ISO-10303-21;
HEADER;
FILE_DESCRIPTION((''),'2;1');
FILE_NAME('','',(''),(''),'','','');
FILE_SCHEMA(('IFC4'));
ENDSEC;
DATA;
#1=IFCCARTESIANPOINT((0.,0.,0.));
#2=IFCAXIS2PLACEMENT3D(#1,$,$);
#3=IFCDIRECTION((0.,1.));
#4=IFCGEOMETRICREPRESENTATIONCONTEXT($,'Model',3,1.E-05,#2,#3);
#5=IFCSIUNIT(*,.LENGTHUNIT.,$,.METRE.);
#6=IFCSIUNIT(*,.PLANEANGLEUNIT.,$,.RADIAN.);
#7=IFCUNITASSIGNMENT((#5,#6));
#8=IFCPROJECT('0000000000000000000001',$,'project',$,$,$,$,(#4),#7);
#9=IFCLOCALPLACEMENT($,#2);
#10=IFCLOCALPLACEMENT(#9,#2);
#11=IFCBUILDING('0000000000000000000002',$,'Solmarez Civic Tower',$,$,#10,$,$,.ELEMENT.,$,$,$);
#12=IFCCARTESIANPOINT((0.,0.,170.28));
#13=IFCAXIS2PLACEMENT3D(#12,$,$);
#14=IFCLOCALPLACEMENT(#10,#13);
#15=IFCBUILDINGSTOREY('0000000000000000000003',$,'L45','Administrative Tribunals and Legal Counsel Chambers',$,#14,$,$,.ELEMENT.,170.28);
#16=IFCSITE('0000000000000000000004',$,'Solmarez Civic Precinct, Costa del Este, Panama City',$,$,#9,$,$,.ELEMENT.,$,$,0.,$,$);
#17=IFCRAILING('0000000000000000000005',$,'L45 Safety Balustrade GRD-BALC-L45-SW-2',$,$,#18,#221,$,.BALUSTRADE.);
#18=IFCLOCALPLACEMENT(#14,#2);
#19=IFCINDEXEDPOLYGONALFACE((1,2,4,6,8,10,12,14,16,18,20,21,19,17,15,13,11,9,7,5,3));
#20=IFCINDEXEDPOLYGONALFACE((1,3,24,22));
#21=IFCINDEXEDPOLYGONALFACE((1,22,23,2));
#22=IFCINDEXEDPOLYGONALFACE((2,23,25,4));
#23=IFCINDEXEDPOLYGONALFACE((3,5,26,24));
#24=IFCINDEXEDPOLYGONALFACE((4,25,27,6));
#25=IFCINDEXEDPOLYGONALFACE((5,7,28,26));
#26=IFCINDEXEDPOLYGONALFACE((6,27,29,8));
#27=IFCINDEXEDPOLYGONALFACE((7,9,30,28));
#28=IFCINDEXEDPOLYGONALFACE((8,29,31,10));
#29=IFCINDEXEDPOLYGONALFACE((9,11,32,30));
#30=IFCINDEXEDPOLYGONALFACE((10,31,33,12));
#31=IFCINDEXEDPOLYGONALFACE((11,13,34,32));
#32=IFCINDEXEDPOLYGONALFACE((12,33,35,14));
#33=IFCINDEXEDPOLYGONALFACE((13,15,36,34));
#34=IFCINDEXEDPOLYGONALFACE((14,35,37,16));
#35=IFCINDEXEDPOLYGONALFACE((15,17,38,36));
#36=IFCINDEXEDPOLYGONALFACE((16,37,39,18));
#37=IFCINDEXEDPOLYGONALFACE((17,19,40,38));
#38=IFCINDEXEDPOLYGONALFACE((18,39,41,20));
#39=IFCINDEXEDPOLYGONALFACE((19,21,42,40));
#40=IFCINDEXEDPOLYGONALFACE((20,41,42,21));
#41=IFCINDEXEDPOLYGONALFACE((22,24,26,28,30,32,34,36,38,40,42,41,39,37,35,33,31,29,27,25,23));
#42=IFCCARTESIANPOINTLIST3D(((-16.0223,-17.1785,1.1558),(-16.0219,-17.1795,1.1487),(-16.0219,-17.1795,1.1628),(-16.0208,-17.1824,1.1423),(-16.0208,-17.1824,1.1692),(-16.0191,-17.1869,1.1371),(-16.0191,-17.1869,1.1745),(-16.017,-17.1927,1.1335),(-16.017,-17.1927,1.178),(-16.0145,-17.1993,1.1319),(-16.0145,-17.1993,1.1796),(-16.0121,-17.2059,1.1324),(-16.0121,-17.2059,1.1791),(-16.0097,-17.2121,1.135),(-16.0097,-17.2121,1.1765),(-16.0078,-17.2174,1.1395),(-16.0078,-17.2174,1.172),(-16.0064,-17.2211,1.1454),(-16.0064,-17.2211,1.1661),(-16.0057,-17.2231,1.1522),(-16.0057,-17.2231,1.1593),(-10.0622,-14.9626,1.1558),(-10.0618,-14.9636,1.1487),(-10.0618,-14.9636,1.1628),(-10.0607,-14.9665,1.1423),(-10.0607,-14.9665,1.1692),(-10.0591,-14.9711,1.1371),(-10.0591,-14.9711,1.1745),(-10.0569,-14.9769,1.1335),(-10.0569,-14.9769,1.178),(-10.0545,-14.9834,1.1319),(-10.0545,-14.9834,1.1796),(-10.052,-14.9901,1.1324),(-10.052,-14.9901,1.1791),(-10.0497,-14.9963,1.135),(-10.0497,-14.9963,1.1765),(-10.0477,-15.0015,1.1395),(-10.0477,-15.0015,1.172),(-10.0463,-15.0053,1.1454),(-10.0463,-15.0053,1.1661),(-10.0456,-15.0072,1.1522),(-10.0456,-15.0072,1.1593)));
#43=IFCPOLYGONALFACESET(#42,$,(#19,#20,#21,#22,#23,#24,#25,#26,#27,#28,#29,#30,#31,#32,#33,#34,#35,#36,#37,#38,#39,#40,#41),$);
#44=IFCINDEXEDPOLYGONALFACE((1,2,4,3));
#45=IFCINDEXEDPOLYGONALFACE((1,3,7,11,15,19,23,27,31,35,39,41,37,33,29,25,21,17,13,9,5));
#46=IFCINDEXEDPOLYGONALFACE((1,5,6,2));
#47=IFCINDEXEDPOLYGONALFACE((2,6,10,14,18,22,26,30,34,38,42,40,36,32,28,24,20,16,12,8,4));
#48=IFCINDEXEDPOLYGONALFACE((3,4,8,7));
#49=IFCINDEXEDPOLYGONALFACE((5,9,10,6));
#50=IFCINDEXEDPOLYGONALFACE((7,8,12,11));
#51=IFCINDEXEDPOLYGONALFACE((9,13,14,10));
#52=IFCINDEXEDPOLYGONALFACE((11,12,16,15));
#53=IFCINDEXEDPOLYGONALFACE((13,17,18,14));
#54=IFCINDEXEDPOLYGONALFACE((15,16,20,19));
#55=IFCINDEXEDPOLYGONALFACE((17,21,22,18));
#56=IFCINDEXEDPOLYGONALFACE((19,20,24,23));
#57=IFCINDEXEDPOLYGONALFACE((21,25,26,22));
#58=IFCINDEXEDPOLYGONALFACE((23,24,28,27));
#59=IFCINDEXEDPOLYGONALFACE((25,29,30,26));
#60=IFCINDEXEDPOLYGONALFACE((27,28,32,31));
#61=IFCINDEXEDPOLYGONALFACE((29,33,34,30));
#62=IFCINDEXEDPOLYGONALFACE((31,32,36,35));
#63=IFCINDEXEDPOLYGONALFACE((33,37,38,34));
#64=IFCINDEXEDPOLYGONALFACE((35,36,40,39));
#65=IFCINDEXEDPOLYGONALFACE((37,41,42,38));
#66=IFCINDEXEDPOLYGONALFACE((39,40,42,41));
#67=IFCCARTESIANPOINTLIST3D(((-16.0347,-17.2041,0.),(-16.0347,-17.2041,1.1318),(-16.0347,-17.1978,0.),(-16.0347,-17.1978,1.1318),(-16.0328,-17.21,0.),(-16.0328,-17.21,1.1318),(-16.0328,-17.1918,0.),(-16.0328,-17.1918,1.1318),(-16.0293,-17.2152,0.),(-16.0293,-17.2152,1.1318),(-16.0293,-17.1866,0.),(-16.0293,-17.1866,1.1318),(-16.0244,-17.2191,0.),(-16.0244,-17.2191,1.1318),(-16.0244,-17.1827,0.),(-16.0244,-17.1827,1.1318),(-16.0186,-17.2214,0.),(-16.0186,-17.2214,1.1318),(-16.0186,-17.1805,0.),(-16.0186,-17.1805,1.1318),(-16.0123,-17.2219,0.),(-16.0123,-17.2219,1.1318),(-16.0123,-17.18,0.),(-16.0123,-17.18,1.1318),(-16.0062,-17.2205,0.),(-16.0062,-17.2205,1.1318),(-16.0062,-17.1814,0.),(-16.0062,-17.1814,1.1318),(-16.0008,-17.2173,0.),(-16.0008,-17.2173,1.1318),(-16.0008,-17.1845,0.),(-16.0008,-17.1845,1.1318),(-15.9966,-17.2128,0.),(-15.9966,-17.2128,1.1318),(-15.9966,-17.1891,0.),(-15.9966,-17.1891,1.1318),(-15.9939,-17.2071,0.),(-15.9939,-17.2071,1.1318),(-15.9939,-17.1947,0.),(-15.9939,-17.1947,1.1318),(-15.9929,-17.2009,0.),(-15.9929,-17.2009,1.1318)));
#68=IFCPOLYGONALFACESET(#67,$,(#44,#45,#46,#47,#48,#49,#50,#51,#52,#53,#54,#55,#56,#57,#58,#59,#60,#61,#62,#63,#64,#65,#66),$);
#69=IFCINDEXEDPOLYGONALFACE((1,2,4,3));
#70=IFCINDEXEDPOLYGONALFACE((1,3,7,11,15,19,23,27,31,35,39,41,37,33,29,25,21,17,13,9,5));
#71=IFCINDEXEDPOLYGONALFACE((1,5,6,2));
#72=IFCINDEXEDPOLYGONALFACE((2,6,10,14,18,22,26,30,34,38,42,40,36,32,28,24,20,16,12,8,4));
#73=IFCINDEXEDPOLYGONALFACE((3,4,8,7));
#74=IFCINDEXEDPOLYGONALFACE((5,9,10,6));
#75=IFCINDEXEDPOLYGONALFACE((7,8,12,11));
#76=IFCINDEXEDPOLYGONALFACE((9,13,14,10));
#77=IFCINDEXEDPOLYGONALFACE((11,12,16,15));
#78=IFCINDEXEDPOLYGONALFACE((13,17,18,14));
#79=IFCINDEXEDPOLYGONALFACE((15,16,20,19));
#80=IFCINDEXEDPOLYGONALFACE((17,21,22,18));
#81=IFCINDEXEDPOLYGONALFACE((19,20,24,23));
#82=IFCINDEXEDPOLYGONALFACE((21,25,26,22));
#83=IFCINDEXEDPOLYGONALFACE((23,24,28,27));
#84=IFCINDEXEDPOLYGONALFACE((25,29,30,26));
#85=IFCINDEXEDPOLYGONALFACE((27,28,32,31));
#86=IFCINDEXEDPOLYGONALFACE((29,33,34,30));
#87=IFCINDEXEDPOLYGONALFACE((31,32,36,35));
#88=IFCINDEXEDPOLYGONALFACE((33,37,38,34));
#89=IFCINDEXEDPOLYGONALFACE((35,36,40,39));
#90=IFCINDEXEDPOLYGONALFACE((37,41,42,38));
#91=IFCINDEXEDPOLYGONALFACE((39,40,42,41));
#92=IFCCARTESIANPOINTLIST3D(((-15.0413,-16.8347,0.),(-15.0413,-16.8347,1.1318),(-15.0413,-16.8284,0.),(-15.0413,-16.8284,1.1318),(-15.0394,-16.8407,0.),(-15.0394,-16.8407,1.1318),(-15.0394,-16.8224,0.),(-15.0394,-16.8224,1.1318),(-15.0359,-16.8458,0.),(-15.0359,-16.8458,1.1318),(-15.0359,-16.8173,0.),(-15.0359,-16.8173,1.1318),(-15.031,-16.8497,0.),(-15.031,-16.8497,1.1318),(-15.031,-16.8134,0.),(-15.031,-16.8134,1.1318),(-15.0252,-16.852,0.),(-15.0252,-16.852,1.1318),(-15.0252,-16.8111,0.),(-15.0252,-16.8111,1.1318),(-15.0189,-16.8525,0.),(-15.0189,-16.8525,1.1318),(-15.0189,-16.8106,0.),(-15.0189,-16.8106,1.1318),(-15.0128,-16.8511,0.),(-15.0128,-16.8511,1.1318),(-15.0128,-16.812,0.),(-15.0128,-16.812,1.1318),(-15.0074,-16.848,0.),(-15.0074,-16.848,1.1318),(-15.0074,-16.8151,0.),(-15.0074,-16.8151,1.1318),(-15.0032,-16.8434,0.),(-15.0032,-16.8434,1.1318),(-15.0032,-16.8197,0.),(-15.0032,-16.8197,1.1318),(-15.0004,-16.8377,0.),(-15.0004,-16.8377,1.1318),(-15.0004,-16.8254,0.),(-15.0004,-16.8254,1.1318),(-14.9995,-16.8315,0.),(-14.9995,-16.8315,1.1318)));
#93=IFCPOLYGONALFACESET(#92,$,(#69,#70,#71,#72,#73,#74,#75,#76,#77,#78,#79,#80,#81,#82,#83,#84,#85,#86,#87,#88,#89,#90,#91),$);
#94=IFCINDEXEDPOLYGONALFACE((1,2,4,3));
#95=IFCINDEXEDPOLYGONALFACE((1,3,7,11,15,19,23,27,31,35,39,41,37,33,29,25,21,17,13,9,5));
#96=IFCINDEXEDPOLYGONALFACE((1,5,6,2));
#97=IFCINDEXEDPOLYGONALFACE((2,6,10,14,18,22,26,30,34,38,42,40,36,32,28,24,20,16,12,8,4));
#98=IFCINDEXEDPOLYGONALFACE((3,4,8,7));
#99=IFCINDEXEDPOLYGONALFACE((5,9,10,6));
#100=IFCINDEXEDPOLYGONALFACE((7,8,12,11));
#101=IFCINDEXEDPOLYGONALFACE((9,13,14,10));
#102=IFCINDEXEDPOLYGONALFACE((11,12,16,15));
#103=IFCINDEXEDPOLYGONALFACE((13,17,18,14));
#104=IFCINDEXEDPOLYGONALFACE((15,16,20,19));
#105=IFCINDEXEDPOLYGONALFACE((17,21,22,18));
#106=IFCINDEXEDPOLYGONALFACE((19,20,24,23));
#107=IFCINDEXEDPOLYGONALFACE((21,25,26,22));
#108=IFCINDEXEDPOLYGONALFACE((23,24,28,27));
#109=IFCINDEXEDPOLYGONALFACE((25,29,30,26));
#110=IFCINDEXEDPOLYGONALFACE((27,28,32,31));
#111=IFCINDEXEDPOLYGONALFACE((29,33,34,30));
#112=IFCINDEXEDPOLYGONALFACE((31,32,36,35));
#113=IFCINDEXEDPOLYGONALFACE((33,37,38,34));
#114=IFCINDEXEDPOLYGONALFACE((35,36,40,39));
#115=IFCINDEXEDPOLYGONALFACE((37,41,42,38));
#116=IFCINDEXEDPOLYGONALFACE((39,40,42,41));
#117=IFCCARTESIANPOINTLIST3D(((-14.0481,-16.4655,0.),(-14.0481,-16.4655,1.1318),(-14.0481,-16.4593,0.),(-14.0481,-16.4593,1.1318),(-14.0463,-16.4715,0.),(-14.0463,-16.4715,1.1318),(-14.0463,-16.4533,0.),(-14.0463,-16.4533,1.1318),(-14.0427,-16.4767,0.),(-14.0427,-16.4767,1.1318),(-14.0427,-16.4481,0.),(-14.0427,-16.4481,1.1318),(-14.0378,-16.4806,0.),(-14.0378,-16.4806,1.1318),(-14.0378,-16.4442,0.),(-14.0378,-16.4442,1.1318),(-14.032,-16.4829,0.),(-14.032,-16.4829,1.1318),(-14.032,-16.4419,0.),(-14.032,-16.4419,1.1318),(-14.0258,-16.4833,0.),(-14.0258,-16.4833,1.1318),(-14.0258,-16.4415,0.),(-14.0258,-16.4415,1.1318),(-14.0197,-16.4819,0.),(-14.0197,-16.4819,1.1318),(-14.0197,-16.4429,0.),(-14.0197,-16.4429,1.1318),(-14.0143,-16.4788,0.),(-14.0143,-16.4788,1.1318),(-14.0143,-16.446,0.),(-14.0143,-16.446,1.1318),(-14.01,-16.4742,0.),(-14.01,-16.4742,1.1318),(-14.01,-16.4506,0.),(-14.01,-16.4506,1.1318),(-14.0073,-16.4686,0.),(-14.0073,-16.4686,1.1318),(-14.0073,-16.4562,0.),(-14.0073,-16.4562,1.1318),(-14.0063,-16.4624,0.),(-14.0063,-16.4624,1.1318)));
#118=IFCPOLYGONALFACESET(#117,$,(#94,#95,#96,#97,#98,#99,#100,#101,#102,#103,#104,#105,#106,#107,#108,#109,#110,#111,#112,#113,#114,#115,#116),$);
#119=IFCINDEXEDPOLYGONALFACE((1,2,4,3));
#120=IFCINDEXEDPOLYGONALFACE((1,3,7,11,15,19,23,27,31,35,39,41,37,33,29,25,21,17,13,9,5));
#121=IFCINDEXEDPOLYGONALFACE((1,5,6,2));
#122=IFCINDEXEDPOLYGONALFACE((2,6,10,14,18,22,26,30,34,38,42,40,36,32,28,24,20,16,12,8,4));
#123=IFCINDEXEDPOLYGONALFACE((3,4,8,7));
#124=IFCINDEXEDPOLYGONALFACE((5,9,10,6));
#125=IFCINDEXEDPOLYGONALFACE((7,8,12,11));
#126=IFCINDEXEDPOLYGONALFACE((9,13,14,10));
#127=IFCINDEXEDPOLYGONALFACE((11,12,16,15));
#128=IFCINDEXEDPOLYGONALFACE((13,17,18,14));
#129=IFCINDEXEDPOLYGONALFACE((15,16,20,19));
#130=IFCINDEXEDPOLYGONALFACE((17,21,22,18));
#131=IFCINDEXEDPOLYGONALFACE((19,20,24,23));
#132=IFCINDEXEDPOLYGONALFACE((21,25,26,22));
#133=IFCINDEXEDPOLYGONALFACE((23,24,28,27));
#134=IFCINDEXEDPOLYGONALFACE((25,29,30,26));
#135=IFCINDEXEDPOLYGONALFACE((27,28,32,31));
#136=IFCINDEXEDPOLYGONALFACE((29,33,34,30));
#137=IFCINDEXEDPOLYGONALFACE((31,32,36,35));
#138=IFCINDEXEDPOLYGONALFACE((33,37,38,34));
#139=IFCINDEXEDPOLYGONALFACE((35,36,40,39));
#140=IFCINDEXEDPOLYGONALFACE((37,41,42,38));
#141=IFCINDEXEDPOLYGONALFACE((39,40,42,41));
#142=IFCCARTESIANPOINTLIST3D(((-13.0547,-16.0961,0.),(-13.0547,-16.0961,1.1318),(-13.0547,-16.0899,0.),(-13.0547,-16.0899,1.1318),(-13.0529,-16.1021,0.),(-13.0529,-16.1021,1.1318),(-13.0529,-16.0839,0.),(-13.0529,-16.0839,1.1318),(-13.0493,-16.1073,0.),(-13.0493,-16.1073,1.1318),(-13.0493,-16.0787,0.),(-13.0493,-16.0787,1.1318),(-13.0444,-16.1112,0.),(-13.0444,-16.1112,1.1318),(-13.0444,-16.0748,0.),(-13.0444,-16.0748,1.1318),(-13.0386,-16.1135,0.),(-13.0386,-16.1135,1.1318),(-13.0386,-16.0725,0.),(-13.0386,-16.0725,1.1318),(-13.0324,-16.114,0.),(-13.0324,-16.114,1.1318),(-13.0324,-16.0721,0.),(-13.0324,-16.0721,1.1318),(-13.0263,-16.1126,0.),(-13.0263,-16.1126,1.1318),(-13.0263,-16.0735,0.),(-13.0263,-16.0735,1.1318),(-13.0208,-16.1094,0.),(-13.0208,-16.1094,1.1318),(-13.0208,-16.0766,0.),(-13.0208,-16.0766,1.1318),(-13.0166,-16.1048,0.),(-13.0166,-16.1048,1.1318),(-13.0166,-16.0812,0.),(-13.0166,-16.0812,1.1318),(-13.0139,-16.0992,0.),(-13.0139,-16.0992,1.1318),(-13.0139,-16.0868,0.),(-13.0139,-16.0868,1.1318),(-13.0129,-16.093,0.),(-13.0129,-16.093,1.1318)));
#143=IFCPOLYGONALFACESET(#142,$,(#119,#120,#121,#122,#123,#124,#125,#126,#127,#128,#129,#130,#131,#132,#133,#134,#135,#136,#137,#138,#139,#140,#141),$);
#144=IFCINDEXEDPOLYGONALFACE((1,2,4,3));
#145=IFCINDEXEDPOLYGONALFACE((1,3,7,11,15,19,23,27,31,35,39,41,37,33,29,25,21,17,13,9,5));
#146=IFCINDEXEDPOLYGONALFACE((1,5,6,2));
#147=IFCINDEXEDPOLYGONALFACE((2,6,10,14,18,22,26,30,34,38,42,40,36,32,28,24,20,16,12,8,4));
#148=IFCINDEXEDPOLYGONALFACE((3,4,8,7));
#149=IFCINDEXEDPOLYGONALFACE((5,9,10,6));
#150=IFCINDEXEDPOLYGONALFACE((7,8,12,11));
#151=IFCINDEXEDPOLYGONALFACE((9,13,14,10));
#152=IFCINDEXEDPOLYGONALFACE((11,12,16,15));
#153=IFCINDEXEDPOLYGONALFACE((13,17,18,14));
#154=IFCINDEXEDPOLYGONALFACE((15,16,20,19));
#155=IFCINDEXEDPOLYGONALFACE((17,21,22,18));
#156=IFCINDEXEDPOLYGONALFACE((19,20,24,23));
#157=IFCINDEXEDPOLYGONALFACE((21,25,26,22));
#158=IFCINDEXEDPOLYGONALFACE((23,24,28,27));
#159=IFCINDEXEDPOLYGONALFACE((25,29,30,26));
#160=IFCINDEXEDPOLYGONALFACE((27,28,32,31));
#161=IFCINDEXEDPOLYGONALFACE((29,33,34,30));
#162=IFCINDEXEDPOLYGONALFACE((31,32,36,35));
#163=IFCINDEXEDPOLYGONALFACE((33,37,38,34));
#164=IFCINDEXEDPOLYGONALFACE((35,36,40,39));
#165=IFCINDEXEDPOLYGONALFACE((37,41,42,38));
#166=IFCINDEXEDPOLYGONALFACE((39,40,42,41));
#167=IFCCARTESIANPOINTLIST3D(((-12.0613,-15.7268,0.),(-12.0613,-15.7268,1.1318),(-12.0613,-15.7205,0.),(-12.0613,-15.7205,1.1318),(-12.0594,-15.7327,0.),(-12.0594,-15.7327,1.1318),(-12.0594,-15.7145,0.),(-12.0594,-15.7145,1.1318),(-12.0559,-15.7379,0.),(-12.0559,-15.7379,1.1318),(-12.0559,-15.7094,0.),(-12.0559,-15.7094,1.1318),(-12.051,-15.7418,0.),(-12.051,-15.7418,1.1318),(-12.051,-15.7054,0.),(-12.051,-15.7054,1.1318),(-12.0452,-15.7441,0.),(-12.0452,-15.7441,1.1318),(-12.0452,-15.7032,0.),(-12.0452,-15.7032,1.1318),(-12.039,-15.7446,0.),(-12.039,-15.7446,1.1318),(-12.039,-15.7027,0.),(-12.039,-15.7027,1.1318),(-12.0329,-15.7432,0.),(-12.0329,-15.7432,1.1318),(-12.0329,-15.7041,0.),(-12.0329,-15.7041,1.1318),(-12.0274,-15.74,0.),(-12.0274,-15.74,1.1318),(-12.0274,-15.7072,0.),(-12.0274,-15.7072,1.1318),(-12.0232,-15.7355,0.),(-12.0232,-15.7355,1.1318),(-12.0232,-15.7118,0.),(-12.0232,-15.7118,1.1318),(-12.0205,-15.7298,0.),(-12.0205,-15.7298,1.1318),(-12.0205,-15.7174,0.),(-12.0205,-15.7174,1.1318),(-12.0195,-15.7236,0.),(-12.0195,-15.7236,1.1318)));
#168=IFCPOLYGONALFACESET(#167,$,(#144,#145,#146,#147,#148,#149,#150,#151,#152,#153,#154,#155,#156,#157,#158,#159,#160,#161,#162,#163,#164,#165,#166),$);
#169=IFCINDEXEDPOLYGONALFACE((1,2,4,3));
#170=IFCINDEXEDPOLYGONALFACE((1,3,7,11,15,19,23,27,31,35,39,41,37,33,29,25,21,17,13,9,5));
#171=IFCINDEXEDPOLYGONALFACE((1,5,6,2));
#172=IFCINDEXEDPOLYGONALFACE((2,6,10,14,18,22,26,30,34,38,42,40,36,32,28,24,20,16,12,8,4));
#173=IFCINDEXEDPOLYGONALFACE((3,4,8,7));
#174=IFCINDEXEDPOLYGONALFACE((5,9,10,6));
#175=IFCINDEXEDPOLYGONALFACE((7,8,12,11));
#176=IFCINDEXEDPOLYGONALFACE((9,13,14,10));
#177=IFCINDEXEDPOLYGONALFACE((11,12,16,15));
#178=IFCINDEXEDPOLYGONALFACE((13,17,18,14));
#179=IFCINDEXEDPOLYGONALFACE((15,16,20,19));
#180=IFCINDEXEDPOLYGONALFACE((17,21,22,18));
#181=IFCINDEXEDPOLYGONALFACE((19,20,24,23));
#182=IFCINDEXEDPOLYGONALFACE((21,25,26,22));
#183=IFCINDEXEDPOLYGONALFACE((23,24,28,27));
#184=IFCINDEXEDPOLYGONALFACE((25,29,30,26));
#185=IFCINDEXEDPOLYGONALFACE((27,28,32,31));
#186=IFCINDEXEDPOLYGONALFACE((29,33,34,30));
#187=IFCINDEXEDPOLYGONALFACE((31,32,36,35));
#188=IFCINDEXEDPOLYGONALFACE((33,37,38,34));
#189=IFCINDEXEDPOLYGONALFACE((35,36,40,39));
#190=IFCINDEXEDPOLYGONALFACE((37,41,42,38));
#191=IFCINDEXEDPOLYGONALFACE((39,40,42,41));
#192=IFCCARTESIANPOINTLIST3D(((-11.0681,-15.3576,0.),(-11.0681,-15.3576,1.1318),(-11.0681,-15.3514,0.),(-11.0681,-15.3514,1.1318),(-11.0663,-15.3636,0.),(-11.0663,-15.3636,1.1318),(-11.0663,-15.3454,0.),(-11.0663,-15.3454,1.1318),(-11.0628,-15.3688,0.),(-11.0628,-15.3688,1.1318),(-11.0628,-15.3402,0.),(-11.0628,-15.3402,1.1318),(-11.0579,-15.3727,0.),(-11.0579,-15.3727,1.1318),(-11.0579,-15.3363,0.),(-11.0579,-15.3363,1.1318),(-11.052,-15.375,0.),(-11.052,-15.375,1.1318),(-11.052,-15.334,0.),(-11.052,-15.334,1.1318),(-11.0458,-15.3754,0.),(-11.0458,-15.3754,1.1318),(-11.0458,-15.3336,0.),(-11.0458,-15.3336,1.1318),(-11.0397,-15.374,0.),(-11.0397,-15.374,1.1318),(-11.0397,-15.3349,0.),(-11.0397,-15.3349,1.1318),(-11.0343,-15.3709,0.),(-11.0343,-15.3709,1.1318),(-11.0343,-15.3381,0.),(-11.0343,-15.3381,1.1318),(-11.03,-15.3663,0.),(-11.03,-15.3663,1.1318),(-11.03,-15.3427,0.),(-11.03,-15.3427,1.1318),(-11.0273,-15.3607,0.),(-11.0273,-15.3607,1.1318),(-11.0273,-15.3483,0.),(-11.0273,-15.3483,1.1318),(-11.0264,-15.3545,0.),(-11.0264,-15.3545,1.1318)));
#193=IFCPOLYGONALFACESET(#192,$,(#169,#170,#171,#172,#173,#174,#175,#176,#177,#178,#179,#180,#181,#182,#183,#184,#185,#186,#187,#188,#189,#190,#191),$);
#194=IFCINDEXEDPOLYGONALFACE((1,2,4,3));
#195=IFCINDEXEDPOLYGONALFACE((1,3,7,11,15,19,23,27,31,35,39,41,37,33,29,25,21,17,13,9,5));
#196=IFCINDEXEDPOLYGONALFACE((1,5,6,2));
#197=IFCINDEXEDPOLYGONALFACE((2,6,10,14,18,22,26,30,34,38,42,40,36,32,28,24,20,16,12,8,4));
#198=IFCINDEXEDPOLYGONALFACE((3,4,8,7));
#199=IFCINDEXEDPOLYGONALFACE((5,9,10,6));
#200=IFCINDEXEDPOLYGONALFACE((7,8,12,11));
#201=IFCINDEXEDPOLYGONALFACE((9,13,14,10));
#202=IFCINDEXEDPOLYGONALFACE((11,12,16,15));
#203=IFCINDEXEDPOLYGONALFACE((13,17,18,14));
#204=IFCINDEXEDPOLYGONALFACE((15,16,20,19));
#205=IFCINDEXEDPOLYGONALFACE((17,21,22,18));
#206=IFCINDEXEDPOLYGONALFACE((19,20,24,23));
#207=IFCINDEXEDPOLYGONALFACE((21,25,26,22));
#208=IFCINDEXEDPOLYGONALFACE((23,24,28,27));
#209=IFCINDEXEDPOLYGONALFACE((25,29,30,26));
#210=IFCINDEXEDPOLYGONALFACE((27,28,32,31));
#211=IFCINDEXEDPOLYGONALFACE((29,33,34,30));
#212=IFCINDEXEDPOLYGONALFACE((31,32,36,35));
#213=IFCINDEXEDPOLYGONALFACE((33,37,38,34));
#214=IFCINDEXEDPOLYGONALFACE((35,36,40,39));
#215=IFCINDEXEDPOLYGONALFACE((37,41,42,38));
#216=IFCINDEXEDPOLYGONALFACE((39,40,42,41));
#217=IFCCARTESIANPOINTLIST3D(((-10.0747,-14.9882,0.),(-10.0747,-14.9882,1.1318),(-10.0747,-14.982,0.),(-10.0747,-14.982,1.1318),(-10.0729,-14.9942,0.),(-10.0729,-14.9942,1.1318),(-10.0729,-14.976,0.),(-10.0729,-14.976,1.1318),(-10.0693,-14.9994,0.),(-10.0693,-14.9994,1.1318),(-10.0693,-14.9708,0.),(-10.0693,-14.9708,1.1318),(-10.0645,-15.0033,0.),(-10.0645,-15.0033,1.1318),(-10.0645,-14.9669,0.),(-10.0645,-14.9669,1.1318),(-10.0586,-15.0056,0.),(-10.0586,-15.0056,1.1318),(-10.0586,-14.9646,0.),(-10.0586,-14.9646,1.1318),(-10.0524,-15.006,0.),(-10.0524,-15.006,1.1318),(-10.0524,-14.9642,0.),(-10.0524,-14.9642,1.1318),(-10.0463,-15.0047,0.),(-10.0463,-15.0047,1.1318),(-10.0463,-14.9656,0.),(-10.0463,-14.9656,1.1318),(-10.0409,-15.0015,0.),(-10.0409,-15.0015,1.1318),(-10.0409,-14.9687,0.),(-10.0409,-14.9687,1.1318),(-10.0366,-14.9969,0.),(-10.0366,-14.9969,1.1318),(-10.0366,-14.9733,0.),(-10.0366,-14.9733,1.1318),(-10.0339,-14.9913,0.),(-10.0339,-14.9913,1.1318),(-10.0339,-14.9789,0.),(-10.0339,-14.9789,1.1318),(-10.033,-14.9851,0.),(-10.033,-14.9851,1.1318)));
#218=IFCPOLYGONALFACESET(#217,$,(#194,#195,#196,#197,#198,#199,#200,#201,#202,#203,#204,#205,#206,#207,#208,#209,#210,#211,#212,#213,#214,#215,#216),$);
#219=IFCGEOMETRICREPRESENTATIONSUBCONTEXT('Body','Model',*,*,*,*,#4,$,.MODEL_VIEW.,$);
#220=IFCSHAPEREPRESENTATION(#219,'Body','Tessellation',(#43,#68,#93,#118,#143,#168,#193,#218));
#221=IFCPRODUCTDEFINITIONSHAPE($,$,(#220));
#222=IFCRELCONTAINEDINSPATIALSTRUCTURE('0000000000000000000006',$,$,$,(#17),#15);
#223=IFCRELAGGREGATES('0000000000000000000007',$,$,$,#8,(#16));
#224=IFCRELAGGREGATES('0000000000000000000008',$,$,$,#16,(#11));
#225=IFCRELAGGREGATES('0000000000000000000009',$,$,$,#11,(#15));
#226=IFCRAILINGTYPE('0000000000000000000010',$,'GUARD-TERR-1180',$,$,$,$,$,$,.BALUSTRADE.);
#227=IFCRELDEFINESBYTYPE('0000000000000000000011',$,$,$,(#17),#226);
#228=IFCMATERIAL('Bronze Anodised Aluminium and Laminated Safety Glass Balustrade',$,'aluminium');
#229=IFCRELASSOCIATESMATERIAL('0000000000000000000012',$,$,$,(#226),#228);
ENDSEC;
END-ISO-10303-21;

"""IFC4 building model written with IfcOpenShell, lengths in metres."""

from ifc_helpers import new_model, si_unit, direction, frame, origin, origin_2d, place, context, subcontext, project, spatial, circle, extrude, material, type_object, element, save


model = new_model("IFC4")

# Units and contexts
model_context = context("Model", 3, precision=1e-05, world=origin(), true_north=direction((0.0, 1.0)))
body_context = subcontext(model_context, "Body", "Model", "MODEL_VIEW")
ifc_project = project(units=[si_unit("LENGTHUNIT", "METRE"), si_unit("PLANEANGLEUNIT", "RADIAN")], contexts=[model_context])

# Site, building, storey
site_placement = place(None, origin())
site = spatial("IfcSite", under=ifc_project, at=site_placement, Name="Solmarez Civic Precinct, Costa del Este, Panama City", CompositionType="ELEMENT", RefElevation=0.0)
building_placement = place(site_placement, origin())
building = spatial("IfcBuilding", under=site, at=building_placement, Name="Solmarez Civic Tower", CompositionType="ELEMENT")
storey_placement = place(building_placement, frame((0.0, 0.0, 170.28)))
storey = spatial("IfcBuildingStorey", under=building, at=storey_placement, Name="L45", Description="Administrative Tribunals and Legal Counsel Chambers", CompositionType="ELEMENT", Elevation=170.28)

# Railing
ifc_material_1 = material(Name="Bronze Anodised Aluminium and Laminated Safety Glass Balustrade", Category="aluminium")
railing_type = type_object("IfcRailingType", Name="GUARD-TERR-1180", PredefinedType="BALUSTRADE", material=ifc_material_1)
railing_placement = place(storey_placement, frame((-16.0139, -17.2009, 0.0)))
element("IfcRailing", 1, at=railing_placement, inside=storey, type_object=railing_type, Name="L45 Safety Balustrade GRD-BALC-L45-SW-2", PredefinedType="BALUSTRADE", context=body_context, shape_type="SweptSolid", body=[
    extrude(circle(Radius=0.0239, at=origin_2d()), frame((0.0, 0.0, 1.1558), z_axis=(0.937316, 0.34848, 0.0), x_axis=(-0.34848, 0.937316, 0.0)), (0.0, 0.0, 1.0), 6.3586),
    extrude(circle(Radius=0.021, at=origin_2d()), origin(), (0.0, 0.0, 1.0), 1.1318),
    extrude(circle(Radius=0.021, at=origin_2d()), frame((0.9934, 0.3694, 0.0)), (0.0, 0.0, 1.0), 1.1318),
    extrude(circle(Radius=0.021, at=origin_2d()), frame((1.9866, 0.7385, 0.0)), (0.0, 0.0, 1.0), 1.1318),
    extrude(circle(Radius=0.021, at=origin_2d()), frame((2.98, 1.1079, 0.0)), (0.0, 0.0, 1.0), 1.1318),
    extrude(circle(Radius=0.021, at=origin_2d()), frame((3.9734, 1.4773, 0.0)), (0.0, 0.0, 1.0), 1.1318),
    extrude(circle(Radius=0.021, at=origin_2d()), frame((4.9666, 1.8464, 0.0)), (0.0, 0.0, 1.0), 1.1318),
    extrude(circle(Radius=0.021, at=origin_2d()), frame((5.96, 2.2158, 0.0)), (0.0, 0.0, 1.0), 1.1318),
])

save(model, "model.ifc")
